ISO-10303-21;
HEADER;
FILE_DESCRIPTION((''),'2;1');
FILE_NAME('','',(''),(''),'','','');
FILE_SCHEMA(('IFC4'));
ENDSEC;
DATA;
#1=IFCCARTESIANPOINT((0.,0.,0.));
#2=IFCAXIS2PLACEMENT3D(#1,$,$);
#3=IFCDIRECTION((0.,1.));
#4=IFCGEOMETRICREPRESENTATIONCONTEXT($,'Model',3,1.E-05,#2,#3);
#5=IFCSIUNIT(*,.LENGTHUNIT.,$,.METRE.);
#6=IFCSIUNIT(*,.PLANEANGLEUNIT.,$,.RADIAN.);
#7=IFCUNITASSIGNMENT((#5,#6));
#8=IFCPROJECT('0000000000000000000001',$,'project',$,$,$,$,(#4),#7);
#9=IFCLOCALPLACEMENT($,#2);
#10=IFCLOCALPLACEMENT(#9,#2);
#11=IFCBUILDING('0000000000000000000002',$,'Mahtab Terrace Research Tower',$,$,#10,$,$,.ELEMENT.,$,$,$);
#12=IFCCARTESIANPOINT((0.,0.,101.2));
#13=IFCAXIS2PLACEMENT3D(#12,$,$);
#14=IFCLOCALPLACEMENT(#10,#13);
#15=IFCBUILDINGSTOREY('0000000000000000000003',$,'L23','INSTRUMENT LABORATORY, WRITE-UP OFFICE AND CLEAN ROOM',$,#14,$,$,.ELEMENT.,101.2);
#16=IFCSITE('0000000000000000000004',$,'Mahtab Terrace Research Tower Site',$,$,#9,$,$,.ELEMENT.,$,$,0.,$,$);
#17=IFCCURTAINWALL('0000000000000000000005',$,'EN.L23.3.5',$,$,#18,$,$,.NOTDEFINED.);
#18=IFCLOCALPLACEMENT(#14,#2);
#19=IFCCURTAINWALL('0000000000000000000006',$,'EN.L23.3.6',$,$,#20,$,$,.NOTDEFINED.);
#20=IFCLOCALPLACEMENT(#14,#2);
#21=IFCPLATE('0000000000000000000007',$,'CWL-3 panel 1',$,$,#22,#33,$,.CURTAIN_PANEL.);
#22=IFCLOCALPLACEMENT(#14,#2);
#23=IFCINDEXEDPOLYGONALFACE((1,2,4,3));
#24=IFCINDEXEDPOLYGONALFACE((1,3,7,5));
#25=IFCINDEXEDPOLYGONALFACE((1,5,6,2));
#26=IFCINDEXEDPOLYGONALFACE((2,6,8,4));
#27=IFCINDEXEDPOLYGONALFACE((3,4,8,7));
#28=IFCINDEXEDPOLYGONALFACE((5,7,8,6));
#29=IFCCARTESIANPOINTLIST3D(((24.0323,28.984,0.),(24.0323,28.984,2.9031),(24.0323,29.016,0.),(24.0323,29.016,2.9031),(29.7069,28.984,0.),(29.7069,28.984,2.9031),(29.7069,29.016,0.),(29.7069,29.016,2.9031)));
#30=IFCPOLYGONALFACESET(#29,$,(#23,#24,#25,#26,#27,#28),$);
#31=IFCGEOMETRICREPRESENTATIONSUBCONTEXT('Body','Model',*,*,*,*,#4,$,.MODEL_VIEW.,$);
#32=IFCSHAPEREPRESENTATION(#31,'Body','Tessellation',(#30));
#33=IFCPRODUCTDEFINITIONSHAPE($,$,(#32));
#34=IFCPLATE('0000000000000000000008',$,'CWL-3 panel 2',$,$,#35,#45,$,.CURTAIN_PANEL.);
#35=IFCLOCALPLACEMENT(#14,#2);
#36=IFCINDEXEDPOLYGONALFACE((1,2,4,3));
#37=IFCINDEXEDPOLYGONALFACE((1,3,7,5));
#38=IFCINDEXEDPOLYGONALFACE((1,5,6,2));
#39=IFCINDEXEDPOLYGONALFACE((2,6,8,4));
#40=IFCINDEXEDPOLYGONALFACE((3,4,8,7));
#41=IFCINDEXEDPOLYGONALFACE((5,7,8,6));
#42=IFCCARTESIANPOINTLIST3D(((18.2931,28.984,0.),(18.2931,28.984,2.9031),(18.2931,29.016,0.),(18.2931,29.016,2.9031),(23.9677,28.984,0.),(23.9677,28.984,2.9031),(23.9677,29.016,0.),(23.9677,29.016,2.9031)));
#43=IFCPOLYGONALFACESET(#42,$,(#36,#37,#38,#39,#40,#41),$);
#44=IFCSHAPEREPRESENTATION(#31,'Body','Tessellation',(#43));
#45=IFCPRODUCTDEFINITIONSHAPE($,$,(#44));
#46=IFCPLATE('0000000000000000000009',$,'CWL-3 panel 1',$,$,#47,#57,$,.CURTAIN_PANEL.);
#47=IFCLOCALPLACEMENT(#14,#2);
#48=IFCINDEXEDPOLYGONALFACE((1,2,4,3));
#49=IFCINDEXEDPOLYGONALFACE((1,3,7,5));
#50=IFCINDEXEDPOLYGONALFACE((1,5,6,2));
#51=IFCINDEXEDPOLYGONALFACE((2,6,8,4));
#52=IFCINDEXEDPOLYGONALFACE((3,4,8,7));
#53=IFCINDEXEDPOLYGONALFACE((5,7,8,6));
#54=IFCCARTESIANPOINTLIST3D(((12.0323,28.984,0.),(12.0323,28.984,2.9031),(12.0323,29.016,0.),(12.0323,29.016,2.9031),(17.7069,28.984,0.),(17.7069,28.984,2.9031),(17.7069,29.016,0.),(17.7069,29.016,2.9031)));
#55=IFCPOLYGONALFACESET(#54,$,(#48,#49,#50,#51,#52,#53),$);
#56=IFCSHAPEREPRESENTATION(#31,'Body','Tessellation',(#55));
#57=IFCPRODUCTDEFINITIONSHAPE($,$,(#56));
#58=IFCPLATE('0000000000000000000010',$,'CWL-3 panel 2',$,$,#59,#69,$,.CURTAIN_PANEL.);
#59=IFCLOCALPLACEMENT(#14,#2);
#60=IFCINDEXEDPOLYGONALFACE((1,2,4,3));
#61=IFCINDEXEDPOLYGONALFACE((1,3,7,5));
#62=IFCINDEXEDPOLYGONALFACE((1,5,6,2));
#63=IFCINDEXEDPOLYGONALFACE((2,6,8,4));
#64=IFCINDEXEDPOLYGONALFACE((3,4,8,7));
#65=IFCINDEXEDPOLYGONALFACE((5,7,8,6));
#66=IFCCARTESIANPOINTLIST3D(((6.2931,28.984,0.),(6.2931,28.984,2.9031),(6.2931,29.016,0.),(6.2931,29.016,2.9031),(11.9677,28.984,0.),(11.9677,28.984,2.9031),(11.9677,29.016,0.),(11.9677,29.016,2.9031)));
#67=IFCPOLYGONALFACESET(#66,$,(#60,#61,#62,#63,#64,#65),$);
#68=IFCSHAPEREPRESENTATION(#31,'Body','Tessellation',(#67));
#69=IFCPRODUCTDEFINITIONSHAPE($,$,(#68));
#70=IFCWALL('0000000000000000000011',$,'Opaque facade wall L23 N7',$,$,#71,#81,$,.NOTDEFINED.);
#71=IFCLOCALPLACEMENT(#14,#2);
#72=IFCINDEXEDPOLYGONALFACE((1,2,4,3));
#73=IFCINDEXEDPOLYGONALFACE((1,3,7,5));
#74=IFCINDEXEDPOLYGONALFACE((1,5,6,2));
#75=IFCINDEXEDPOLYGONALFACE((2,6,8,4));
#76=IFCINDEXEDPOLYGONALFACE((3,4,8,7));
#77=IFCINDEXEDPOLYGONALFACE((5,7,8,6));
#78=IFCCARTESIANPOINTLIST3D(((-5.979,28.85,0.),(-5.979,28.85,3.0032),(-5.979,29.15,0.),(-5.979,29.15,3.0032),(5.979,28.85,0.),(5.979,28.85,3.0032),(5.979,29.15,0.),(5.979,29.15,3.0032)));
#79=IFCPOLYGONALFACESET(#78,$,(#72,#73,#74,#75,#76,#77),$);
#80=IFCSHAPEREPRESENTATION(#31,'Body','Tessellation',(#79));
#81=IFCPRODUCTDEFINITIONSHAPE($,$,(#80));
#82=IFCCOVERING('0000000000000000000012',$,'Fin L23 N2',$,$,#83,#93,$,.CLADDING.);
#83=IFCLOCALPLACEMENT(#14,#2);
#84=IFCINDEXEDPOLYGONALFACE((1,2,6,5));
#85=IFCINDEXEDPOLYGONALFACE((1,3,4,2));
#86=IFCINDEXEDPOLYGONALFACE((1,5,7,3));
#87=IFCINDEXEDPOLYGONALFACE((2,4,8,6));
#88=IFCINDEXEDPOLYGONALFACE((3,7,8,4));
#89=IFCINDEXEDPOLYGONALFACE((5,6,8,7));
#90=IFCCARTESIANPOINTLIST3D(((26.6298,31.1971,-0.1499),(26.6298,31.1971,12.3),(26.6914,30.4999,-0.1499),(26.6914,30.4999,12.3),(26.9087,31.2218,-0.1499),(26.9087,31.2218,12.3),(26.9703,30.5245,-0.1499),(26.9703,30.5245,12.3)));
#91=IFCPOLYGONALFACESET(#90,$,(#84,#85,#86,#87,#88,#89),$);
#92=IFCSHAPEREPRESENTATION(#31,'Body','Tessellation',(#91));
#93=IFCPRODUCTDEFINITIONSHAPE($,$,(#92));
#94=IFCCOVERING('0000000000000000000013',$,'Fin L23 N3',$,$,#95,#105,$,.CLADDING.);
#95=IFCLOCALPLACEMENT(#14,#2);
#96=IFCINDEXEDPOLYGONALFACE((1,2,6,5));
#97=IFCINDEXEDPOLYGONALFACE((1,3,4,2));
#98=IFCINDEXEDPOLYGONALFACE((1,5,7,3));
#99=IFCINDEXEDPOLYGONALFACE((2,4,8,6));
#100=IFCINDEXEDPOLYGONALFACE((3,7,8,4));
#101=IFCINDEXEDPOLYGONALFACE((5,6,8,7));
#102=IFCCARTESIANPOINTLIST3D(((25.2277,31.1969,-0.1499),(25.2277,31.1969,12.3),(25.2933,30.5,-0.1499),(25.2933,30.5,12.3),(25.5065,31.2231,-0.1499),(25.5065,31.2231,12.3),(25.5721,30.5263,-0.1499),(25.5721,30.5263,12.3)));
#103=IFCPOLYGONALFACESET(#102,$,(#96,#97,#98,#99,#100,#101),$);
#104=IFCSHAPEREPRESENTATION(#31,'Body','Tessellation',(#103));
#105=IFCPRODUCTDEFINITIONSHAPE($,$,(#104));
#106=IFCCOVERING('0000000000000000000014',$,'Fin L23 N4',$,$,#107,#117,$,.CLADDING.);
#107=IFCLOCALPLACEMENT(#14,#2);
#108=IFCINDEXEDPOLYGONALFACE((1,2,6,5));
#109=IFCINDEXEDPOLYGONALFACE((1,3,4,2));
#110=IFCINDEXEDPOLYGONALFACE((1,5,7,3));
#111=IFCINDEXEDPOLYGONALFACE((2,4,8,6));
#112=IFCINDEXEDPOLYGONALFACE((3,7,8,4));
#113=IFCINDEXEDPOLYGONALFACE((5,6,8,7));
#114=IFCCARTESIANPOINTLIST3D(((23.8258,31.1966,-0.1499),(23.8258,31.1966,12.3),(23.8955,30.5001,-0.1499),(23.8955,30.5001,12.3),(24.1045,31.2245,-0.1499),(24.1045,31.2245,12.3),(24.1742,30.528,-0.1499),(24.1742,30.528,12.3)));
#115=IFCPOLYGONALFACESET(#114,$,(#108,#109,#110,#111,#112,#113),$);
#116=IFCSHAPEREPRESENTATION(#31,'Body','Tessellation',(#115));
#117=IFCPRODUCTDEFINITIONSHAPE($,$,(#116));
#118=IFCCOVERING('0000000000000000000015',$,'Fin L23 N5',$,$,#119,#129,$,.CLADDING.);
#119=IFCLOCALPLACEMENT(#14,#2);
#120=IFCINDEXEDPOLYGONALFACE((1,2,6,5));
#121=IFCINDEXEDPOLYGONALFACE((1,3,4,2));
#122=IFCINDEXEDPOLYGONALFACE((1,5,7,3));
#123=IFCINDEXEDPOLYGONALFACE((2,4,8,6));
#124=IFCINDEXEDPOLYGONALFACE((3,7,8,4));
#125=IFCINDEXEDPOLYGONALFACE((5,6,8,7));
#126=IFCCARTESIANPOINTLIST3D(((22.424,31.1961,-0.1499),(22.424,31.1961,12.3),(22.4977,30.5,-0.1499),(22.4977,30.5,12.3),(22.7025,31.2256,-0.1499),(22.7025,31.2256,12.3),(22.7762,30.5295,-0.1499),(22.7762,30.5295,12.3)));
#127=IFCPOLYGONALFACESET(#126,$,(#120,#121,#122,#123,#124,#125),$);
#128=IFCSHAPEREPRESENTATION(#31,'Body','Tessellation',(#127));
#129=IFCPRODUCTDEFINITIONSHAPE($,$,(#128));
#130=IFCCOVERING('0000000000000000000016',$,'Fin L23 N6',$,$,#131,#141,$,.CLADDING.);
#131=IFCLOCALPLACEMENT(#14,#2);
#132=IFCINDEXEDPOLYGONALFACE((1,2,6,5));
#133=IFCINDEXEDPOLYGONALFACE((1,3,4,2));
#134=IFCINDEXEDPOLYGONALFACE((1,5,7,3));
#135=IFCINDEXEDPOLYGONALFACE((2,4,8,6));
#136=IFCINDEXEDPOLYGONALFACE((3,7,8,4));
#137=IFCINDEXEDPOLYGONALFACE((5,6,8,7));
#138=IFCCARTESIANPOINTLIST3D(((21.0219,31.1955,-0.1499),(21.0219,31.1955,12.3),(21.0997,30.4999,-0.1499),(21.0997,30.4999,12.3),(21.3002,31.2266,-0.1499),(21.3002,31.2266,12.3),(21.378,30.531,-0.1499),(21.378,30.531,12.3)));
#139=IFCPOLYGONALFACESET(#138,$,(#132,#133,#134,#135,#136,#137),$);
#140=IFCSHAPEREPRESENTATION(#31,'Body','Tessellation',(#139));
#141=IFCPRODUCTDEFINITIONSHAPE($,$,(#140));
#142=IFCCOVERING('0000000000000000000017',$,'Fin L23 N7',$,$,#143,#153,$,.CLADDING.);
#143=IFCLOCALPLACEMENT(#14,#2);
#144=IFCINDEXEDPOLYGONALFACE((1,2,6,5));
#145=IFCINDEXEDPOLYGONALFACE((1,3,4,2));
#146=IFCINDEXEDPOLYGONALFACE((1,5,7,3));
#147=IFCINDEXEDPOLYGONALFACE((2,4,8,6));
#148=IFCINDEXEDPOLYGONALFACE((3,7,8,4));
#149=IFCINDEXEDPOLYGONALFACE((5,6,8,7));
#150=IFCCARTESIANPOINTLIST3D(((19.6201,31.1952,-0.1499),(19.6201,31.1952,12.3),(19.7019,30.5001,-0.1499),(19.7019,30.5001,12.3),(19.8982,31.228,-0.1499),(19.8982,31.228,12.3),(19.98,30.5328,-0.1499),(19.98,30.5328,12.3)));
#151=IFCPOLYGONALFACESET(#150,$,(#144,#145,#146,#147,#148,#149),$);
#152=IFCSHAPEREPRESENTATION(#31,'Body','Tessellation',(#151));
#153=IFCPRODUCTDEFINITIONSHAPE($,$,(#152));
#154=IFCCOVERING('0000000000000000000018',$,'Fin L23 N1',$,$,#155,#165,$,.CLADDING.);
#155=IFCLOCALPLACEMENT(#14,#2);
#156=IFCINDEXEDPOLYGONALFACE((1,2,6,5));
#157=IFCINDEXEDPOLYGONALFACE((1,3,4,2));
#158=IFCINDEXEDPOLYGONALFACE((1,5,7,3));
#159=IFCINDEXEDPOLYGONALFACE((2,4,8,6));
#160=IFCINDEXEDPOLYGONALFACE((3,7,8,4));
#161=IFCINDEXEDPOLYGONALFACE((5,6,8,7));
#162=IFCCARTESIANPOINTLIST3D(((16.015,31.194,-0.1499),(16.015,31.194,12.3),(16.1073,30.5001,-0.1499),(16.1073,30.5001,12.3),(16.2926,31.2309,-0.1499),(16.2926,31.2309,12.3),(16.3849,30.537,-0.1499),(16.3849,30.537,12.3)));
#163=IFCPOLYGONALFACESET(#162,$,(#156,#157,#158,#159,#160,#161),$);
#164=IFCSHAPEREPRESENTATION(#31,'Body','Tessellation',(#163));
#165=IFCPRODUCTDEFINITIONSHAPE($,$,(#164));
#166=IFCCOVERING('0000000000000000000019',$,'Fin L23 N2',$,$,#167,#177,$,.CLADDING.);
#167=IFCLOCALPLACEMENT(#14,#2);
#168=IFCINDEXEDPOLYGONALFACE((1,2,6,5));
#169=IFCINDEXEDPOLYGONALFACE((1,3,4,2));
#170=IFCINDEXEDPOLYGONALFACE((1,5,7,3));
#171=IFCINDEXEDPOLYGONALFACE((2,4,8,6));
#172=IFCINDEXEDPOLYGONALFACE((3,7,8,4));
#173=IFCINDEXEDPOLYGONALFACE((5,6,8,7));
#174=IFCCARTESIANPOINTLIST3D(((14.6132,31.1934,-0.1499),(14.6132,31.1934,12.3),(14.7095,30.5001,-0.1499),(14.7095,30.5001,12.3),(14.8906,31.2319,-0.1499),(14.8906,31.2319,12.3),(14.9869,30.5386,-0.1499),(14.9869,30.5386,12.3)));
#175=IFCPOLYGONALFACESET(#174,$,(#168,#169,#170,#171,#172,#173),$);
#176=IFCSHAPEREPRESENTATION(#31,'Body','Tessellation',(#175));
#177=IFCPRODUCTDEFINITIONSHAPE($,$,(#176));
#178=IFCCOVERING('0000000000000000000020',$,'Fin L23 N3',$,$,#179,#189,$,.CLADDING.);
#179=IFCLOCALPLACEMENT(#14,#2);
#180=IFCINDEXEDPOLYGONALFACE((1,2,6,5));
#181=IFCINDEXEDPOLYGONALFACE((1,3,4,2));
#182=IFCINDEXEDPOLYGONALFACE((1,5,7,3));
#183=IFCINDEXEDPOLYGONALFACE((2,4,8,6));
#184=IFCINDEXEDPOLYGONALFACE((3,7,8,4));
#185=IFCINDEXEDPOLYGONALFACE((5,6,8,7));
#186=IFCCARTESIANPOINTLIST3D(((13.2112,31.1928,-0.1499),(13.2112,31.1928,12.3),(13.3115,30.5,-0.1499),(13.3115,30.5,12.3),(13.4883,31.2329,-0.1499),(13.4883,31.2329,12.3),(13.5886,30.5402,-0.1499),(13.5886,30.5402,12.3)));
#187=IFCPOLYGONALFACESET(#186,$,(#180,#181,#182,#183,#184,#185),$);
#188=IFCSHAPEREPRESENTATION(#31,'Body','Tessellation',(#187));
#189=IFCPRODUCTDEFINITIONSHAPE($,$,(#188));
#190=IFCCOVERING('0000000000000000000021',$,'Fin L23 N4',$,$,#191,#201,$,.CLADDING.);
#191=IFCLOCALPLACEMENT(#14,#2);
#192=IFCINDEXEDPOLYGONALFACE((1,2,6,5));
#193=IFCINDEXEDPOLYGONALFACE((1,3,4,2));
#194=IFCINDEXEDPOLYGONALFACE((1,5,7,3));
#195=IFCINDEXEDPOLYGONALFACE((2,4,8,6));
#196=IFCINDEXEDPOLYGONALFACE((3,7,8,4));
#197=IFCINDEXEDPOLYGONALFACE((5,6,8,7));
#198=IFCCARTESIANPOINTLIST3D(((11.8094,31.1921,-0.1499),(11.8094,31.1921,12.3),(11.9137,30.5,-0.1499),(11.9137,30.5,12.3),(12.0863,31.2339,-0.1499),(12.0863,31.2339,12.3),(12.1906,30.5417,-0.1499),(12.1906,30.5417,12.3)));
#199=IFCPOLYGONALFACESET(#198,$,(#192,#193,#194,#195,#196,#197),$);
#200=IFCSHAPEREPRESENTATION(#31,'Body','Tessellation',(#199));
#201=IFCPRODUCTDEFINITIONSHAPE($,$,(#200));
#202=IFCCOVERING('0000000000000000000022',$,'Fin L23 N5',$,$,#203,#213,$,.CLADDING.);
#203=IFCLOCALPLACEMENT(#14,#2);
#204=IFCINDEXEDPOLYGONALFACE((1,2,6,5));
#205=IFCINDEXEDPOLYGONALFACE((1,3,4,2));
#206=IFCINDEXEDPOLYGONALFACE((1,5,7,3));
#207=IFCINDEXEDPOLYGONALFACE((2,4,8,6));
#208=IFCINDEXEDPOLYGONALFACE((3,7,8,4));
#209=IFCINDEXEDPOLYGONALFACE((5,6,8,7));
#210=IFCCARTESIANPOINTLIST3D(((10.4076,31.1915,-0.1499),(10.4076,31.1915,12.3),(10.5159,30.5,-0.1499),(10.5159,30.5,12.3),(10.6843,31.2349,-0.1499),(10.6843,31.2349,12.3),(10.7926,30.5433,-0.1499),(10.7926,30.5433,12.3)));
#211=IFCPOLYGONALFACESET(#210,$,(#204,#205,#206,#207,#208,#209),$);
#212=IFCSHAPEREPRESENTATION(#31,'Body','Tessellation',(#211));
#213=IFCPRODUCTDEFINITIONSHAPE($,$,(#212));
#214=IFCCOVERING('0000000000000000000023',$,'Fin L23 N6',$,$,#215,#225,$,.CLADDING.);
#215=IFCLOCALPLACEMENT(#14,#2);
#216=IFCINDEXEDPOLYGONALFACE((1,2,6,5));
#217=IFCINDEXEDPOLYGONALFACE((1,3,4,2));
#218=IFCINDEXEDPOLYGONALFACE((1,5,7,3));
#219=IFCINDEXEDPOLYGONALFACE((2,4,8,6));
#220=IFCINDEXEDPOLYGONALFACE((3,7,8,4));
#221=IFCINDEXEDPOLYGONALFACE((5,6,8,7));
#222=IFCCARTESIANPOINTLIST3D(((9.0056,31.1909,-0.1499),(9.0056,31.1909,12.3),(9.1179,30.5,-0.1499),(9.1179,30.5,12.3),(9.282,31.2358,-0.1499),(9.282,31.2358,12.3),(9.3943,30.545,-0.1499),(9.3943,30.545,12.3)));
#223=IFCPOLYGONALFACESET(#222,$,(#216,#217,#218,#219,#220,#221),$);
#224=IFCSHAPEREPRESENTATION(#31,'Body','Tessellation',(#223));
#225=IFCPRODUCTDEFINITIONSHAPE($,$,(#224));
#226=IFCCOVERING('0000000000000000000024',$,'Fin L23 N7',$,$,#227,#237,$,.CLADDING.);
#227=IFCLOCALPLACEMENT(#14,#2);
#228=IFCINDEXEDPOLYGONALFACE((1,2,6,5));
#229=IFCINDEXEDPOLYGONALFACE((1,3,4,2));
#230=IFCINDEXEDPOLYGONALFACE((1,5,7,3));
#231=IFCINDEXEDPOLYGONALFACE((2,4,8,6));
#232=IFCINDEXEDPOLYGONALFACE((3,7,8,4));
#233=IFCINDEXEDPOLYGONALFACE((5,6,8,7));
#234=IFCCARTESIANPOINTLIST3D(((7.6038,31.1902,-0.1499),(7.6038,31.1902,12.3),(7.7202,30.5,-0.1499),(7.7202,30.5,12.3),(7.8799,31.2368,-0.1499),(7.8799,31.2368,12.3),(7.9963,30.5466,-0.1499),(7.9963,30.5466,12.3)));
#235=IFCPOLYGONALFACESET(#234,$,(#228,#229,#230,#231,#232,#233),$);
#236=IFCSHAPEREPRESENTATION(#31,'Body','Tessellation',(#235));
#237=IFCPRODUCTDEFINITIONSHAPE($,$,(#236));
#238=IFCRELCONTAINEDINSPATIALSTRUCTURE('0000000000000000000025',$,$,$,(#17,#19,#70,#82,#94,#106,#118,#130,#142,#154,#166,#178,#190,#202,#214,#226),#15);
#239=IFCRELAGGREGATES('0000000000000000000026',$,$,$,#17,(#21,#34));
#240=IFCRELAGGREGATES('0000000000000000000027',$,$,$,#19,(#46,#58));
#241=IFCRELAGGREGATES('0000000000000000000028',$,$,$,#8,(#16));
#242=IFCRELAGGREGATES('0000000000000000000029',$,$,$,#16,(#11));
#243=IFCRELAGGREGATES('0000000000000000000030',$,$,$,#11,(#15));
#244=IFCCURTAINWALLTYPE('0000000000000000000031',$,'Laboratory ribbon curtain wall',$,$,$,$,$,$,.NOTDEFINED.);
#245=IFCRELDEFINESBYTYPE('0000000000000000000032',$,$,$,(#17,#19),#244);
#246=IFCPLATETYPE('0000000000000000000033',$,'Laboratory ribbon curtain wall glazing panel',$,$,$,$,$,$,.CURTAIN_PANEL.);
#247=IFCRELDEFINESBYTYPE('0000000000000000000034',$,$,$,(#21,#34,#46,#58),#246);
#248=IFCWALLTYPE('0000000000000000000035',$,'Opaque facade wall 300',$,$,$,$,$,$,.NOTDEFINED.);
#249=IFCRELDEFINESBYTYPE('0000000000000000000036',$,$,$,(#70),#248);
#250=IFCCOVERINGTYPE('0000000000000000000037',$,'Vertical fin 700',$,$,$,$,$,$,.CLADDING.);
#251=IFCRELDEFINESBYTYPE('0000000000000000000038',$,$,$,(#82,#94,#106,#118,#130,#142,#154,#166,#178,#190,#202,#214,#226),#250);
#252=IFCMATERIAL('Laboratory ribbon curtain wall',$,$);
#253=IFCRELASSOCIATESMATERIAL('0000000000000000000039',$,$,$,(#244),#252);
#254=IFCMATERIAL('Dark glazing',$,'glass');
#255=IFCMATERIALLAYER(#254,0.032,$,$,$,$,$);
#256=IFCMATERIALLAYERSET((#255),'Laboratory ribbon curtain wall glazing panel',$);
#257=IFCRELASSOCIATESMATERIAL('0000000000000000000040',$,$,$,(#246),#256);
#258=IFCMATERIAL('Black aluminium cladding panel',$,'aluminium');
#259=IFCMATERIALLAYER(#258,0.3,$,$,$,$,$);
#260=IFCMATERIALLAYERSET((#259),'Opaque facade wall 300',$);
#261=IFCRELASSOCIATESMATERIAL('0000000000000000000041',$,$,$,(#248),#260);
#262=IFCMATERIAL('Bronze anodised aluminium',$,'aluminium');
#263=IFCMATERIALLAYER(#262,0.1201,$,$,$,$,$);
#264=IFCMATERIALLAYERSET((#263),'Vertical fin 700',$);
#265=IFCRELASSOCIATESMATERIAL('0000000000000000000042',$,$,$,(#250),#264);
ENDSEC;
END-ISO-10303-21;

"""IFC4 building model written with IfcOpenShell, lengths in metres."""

from ifc_helpers import new_model, si_unit, direction, frame, frame_2d, origin, origin_2d, place, context, subcontext, project, spatial, rectangle, extrude, material, layer, layer_set, type_object, element, aggregate, save


model = new_model("IFC4")

# Units and contexts
model_context = context("Model", 3, precision=1e-05, world=origin(), true_north=direction((0.0, 1.0)))
body_context = subcontext(model_context, "Body", "Model", "MODEL_VIEW")
ifc_project = project(units=[si_unit("LENGTHUNIT", "METRE"), si_unit("PLANEANGLEUNIT", "RADIAN")], contexts=[model_context])

# Site, building, storey
site_placement = place(None, origin())
site = spatial("IfcSite", under=ifc_project, at=site_placement, Name="Mahtab Terrace Research Tower Site", CompositionType="ELEMENT", RefElevation=0.0)
building_placement = place(site_placement, origin())
building = spatial("IfcBuilding", under=site, at=building_placement, Name="Mahtab Terrace Research Tower", CompositionType="ELEMENT")
storey_placement = place(building_placement, frame((0.0, 0.0, 101.2)))
storey = spatial("IfcBuildingStorey", under=building, at=storey_placement, Name="L23", Description="INSTRUMENT LABORATORY, WRITE-UP OFFICE AND CLEAN ROOM", CompositionType="ELEMENT", Elevation=101.2)

# Curtain walls
ifc_material_1 = material(Name="Laboratory ribbon curtain wall")
curtain_wall_type = type_object("IfcCurtainWallType", Name="Laboratory ribbon curtain wall", PredefinedType="NOTDEFINED", material=ifc_material_1)
curtain_wall_1_placement = place(storey_placement, origin())
curtain_wall_1 = element("IfcCurtainWall", 1, at=curtain_wall_1_placement, inside=storey, type_object=curtain_wall_type, Name="EN.L23.3.5", PredefinedType="NOTDEFINED")
curtain_wall_2_placement = place(storey_placement, origin())
curtain_wall_2 = element("IfcCurtainWall", 2, at=curtain_wall_2_placement, inside=storey, type_object=curtain_wall_type, Name="EN.L23.3.6", PredefinedType="NOTDEFINED")

# Plates
ifc_material_2 = material(Name="Dark glazing", Category="glass")
ifc_layer_1 = layer(ifc_material_2, 0.032)
ifc_layer_set_1 = layer_set([ifc_layer_1], Name="Laboratory ribbon curtain wall glazing panel")
plate_type = type_object("IfcPlateType", Name="Laboratory ribbon curtain wall glazing panel", PredefinedType="CURTAIN_PANEL", material=ifc_layer_set_1)
plate_1_placement = place(storey_placement, frame((26.8696, 29.0, 0.0), z_axis=(0.0, 0.0, 1.0), x_axis=(-1.0, 0.0, 0.0)))
plate_1 = element("IfcPlate", 3, at=plate_1_placement, type_object=plate_type, Name="CWL-3 panel 1", PredefinedType="CURTAIN_PANEL", context=body_context, shape_type="SweptSolid", body=[
    extrude(rectangle(XDim=5.6746, YDim=0.032, at=origin_2d()), origin(), (0.0, 0.0, 1.0), 2.9031),
])
plate_2_placement = place(storey_placement, frame((21.1304, 29.0, 0.0), z_axis=(0.0, 0.0, 1.0), x_axis=(-1.0, 0.0, 0.0)))
plate_2 = element("IfcPlate", 4, at=plate_2_placement, type_object=plate_type, Name="CWL-3 panel 2", PredefinedType="CURTAIN_PANEL", context=body_context, shape_type="SweptSolid", body=[
    extrude(rectangle(XDim=5.6746, YDim=0.032, at=origin_2d()), origin(), (0.0, 0.0, 1.0), 2.9031),
])
aggregate(curtain_wall_1, [plate_1, plate_2])
plate_3_placement = place(storey_placement, frame((14.8696, 29.0, 0.0), z_axis=(0.0, 0.0, 1.0), x_axis=(-1.0, 0.0, 0.0)))
plate_3 = element("IfcPlate", 5, at=plate_3_placement, type_object=plate_type, Name="CWL-3 panel 1", PredefinedType="CURTAIN_PANEL", context=body_context, shape_type="SweptSolid", body=[
    extrude(rectangle(XDim=5.6746, YDim=0.032, at=origin_2d()), origin(), (0.0, 0.0, 1.0), 2.9031),
])
plate_4_placement = place(storey_placement, frame((9.1304, 29.0, 0.0), z_axis=(0.0, 0.0, 1.0), x_axis=(-1.0, 0.0, 0.0)))
plate_4 = element("IfcPlate", 6, at=plate_4_placement, type_object=plate_type, Name="CWL-3 panel 2", PredefinedType="CURTAIN_PANEL", context=body_context, shape_type="SweptSolid", body=[
    extrude(rectangle(XDim=5.6746, YDim=0.032, at=origin_2d()), origin(), (0.0, 0.0, 1.0), 2.9031),
])
aggregate(curtain_wall_2, [plate_3, plate_4])

# Wall
ifc_material_3 = material(Name="Black aluminium cladding panel", Category="aluminium")
ifc_layer_2 = layer(ifc_material_3, 0.3)
ifc_layer_set_2 = layer_set([ifc_layer_2], Name="Opaque facade wall 300")
wall_type = type_object("IfcWallType", Name="Opaque facade wall 300", PredefinedType="NOTDEFINED", material=ifc_layer_set_2)
wall_placement = place(storey_placement, frame((5.979, 29.0, 0.0), z_axis=(0.0, 0.0, 1.0), x_axis=(-1.0, 0.0, 0.0)))
element("IfcWall", 7, at=wall_placement, inside=storey, type_object=wall_type, Name="Opaque facade wall L23 N7", PredefinedType="NOTDEFINED", context=body_context, shape_type="SweptSolid", body=[
    extrude(rectangle(XDim=11.958, YDim=0.3, at=frame_2d((5.979, 0.0))), origin(), (0.0, 0.0, 1.0), 3.0032),
])

# Coverings
ifc_material_4 = material(Name="Bronze anodised aluminium", Category="aluminium")
ifc_layer_3 = layer(ifc_material_4, 0.1201)
ifc_layer_set_3 = layer_set([ifc_layer_3], Name="Vertical fin 700")
covering_type = type_object("IfcCoveringType", Name="Vertical fin 700", PredefinedType="CLADDING", material=ifc_layer_set_3)
for number, where, z_axis, x_axis, name in (
    (8, (26.8, 30.8608, -0.1499), (0.0, 0.0, 1.0), (-0.996122, -0.087984, 0.0), "Fin L23 N2"),
    (9, (25.3999, 30.8616, -0.1499), (0.0, 0.0, 1.0), (-0.995593, -0.093777, 0.0), "Fin L23 N3"),
    (10, (24.0, 30.8623, -0.1499), (0.0, 0.0, 1.0), (-0.995031, -0.099568, 0.0), "Fin L23 N4"),
    (11, (22.6001, 30.8628, -0.1499), (0.0, 0.0, 1.0), (-0.994435, -0.105355, 0.0), "Fin L23 N5"),
    (12, (21.2, 30.8633, -0.1499), (0.0, 0.0, 1.0), (-0.993805, -0.111139, 0.0), "Fin L23 N6"),
    (13, (19.8, 30.864, -0.1499), (0.0, 0.0, 1.0), (-0.993142, -0.116918, 0.0), "Fin L23 N7"),
    (14, (16.2, 30.8655, -0.1499), (0.0, 0.0, 1.0), (-0.991281, -0.131762, 0.0), "Fin L23 N1"),
    (15, (14.8, 30.866, -0.1499), (0.0, 0.0, 1.0), (-0.990498, -0.137527, 0.0), "Fin L23 N2"),
    (16, (13.3999, 30.8665, -0.1499), (0.0, 0.0, 1.0), (-0.989681, -0.143287, 0.0), "Fin L23 N3"),
    (17, (12.0, 30.8669, -0.1499), (0.0, 0.0, 1.0), (-0.988831, -0.149042, 0.0), "Fin L23 N4"),
    (18, (10.6001, 30.8674, -0.1499), (0.0, 0.0, 1.0), (-0.987947, -0.154792, 0.0), "Fin L23 N5"),
    (19, (9.2, 30.8679, -0.1499), (0.0, 0.0, 1.0), (-0.98703, -0.160537, 0.0), "Fin L23 N6"),
    (20, (7.8, 30.8684, -0.1499), (0.0, 0.0, 1.0), (-0.986079, -0.166277, 0.0), "Fin L23 N7"),
):
    element("IfcCovering", number, at=place(storey_placement, frame(where, z_axis=z_axis, x_axis=x_axis)), inside=storey, type_object=covering_type, Name=name, PredefinedType="CLADDING", context=body_context, shape_type="SweptSolid", body=[
        extrude(rectangle(XDim=0.28, YDim=0.7, at=origin_2d()), origin(), (0.0, 0.0, 1.0), 12.45),
    ])

save(model, "model.ifc")
